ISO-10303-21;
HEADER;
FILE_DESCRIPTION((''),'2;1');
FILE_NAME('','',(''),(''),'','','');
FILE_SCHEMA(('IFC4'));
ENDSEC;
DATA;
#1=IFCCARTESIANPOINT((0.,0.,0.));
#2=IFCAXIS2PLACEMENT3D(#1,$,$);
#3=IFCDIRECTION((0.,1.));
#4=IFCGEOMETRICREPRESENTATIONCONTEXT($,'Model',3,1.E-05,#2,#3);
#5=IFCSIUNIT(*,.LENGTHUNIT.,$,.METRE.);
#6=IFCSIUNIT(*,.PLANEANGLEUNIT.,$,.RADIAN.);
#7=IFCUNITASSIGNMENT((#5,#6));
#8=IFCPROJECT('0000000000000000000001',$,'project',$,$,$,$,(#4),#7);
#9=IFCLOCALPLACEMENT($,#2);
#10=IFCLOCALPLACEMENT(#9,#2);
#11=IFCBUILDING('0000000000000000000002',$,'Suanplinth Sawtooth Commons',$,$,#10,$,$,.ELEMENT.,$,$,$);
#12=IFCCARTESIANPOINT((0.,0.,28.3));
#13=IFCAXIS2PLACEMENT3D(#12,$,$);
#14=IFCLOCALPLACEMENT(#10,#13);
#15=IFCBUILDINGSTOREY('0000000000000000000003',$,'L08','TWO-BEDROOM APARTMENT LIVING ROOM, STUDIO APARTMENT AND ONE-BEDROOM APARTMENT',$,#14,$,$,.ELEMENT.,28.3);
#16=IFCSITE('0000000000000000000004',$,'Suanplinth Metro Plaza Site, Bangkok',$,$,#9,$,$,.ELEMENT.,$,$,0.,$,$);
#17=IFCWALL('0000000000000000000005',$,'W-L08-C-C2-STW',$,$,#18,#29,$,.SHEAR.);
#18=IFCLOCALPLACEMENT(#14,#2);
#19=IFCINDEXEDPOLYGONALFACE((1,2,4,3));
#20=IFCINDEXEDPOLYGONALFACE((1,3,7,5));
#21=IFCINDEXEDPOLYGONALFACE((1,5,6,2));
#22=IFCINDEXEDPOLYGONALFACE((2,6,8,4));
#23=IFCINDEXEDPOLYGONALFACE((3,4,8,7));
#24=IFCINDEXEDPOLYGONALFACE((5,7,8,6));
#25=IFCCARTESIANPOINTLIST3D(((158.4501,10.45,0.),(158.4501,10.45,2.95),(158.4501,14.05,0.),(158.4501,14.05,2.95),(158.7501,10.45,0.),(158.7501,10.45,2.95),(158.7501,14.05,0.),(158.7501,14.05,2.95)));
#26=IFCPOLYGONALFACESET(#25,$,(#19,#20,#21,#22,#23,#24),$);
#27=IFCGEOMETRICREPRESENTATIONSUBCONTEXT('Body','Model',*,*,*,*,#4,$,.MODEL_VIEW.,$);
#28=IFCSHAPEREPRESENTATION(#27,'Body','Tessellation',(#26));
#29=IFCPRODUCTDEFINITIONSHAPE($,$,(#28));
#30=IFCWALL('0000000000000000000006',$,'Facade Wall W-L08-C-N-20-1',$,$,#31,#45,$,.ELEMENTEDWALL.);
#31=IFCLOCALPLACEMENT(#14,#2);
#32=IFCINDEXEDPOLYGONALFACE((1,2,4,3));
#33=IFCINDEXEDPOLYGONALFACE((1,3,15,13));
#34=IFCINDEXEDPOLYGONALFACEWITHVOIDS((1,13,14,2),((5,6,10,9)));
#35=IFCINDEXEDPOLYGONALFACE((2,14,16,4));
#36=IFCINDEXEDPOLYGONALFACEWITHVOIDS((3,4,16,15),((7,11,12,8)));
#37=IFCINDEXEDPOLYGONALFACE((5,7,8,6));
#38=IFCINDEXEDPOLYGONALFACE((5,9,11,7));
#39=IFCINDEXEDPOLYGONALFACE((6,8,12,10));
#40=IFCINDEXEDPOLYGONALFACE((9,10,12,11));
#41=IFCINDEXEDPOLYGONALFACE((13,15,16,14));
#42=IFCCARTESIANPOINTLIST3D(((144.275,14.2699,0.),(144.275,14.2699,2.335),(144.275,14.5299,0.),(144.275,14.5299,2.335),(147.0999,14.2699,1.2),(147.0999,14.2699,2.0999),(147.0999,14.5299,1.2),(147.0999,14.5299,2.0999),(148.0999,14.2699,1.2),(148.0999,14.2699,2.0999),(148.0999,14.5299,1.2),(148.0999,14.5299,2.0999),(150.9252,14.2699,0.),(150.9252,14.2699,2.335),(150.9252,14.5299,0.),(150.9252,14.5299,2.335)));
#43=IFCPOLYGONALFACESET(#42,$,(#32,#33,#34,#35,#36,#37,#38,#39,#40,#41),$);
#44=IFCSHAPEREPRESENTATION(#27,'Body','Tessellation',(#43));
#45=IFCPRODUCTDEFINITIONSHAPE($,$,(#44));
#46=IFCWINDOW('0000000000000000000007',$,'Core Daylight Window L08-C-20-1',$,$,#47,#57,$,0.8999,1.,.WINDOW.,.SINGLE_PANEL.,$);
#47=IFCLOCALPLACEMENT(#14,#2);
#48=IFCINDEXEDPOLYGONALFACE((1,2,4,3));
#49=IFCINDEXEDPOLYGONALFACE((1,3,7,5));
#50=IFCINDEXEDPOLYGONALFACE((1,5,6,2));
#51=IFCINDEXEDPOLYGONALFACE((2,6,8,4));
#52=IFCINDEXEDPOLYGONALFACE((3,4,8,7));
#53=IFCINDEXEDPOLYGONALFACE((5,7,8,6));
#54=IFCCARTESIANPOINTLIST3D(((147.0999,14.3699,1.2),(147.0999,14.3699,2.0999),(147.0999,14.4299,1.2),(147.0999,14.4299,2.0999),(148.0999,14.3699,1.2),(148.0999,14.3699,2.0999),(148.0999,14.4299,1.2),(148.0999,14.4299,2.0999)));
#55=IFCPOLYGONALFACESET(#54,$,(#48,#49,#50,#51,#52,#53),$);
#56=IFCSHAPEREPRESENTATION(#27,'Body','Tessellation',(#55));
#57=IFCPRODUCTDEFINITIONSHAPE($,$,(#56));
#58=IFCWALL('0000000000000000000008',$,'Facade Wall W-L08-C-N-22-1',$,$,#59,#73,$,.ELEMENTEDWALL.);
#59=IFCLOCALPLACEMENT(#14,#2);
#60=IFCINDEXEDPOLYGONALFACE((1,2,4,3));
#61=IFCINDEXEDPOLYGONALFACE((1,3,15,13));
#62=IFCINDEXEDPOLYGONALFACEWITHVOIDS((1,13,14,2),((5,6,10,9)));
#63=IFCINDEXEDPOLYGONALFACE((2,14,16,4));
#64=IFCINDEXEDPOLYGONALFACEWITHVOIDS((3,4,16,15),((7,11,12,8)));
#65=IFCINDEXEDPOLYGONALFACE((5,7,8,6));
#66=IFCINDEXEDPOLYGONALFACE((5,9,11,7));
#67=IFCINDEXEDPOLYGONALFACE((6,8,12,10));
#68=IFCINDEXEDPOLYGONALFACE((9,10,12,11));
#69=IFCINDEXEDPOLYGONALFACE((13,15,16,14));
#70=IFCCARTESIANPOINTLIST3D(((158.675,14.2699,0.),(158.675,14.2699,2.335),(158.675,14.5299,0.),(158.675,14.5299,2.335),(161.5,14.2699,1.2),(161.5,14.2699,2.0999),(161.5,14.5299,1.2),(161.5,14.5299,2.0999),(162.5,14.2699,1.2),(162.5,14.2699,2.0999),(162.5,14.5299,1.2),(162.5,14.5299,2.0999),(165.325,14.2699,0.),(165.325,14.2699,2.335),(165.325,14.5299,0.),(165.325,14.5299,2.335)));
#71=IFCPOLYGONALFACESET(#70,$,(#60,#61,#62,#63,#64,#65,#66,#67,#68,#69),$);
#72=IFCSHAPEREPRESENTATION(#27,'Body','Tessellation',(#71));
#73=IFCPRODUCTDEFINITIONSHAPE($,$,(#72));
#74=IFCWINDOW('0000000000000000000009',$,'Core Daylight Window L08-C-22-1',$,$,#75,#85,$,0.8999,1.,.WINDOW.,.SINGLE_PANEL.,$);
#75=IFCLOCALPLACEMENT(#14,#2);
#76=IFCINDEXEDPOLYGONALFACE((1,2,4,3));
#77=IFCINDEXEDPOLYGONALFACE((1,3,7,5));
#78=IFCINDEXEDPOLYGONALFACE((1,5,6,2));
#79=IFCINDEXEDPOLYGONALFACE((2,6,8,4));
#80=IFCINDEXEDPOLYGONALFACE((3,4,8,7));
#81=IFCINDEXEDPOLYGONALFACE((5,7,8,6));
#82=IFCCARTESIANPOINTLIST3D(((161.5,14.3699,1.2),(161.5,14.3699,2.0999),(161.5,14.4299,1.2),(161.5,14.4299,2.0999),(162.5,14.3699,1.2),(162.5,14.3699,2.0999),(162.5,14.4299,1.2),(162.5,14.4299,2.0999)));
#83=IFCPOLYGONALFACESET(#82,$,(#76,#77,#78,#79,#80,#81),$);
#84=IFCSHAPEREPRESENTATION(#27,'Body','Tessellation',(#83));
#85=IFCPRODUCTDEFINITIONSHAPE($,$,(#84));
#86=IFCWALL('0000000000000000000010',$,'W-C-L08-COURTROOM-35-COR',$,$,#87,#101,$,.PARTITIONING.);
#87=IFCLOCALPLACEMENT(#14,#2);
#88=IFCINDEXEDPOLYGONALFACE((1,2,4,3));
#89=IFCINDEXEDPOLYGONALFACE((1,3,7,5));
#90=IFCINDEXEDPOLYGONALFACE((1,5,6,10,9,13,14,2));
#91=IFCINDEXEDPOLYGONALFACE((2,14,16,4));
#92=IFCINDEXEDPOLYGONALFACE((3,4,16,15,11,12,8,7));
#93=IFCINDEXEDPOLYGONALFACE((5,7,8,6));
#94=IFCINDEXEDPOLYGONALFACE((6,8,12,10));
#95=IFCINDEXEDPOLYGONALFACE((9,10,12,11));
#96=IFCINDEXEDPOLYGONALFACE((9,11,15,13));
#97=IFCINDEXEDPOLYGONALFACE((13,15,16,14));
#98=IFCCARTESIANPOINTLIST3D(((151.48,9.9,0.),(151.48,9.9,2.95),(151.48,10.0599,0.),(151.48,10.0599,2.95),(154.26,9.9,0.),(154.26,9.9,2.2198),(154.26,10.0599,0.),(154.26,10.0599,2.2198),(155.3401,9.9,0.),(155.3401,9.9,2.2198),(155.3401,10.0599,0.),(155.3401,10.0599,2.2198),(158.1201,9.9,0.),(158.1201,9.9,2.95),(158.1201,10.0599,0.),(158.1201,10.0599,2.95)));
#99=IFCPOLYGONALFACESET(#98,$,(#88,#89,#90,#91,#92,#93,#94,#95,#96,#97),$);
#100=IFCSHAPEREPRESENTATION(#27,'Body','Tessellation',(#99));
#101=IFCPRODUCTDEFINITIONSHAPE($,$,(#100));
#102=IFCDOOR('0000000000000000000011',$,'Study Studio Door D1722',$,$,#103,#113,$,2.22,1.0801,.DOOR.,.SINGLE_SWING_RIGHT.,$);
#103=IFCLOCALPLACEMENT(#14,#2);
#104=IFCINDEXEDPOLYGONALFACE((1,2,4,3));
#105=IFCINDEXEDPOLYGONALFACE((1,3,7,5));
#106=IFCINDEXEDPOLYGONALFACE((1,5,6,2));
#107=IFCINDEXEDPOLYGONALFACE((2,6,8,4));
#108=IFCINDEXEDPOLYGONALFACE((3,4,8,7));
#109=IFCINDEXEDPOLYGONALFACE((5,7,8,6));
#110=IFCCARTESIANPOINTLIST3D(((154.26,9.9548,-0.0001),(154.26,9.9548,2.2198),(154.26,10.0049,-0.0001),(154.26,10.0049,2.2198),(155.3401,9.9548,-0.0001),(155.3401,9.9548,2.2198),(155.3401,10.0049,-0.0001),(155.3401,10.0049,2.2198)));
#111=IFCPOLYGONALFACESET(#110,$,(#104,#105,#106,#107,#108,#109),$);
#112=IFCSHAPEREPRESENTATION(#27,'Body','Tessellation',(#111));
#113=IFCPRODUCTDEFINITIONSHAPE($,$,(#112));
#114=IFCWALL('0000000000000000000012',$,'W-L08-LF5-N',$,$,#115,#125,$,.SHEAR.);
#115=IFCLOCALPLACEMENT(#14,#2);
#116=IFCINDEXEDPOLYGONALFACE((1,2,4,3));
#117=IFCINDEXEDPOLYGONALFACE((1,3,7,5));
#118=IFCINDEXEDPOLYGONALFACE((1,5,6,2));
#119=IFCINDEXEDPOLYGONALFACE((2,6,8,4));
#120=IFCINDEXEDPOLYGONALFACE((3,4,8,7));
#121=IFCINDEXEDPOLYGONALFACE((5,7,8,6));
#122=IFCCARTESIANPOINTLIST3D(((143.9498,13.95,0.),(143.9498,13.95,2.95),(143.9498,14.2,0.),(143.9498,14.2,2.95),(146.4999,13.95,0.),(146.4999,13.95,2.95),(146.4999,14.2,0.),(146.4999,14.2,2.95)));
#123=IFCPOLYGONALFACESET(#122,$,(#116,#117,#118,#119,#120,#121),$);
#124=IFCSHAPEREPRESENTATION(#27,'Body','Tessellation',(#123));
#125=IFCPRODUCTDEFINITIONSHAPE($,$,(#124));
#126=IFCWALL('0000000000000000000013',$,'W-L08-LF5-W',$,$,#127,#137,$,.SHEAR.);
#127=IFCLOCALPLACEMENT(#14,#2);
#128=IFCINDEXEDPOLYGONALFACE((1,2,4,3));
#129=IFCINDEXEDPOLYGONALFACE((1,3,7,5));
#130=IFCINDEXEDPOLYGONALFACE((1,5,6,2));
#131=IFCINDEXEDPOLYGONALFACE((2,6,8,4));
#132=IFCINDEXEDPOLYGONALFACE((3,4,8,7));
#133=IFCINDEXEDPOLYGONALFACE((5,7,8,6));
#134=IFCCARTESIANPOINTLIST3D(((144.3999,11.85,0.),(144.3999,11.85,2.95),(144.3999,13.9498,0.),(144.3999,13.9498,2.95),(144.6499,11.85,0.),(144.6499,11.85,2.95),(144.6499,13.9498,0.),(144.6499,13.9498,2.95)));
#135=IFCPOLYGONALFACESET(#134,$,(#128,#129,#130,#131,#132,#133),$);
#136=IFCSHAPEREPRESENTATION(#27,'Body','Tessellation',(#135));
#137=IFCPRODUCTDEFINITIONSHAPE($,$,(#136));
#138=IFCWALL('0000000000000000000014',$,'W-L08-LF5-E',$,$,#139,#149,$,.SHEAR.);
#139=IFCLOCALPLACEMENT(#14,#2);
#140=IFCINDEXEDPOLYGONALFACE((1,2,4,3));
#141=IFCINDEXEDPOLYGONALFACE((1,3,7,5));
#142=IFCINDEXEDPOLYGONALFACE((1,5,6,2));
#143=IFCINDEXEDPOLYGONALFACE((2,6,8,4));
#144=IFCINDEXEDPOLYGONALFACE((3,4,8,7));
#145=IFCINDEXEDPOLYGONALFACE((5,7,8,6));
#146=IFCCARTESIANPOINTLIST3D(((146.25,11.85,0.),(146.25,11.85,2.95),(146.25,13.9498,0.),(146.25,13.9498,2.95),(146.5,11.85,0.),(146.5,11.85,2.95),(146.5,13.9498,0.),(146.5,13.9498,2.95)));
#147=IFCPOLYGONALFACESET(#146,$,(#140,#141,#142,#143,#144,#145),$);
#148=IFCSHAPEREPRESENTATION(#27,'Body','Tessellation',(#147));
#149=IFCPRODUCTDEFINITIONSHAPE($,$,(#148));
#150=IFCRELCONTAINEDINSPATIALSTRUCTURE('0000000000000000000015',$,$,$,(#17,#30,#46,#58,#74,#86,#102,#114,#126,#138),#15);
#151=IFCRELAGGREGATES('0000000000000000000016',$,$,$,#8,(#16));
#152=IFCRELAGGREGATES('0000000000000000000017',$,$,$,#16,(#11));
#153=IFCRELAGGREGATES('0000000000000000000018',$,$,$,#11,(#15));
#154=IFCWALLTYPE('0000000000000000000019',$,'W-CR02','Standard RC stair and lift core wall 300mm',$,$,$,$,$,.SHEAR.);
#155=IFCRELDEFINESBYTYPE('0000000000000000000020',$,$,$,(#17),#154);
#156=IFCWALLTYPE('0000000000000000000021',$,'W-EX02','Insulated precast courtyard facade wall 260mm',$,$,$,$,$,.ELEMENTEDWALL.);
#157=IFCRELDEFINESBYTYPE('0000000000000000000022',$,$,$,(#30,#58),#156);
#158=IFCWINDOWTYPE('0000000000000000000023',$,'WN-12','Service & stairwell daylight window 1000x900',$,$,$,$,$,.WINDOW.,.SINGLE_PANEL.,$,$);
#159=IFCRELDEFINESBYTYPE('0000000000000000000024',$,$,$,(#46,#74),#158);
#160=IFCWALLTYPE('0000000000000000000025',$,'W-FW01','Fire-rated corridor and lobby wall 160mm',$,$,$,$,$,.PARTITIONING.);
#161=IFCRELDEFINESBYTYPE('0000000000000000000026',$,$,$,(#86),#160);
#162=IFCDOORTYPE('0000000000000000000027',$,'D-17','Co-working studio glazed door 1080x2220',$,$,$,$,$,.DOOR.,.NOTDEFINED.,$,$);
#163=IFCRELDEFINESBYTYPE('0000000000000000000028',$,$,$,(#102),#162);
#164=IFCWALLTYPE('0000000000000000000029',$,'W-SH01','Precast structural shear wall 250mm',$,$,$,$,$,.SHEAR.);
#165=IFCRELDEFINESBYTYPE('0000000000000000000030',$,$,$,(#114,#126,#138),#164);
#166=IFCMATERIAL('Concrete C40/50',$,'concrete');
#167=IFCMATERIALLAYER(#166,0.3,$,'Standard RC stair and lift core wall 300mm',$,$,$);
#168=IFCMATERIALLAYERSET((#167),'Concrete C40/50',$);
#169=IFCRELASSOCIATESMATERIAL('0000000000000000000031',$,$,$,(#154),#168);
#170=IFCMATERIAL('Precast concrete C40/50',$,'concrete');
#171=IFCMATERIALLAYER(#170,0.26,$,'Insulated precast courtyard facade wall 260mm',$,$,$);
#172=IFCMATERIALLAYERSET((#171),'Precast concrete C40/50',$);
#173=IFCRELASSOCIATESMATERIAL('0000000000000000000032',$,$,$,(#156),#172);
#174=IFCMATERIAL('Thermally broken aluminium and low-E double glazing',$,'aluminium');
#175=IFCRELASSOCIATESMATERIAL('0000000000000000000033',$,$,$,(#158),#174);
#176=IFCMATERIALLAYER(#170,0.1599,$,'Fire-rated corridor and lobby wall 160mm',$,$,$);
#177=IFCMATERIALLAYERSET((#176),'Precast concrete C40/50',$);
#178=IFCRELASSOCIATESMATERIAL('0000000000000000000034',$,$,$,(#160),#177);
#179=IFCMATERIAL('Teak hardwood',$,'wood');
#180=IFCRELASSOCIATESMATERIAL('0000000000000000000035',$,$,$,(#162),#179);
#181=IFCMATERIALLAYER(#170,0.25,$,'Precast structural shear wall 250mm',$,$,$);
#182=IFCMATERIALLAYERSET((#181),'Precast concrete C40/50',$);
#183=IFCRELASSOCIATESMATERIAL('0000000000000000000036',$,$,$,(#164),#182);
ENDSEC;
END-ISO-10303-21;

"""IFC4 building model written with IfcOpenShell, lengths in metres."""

from ifc_helpers import new_model, si_unit, direction, frame, frame_2d, origin, place, context, subcontext, project, spatial, rectangle, extrude, material, layer, layer_set, type_object, element, fill, save


model = new_model("IFC4")

# Units and contexts
model_context = context("Model", 3, precision=1e-05, world=origin(), true_north=direction((0.0, 1.0)))
body_context = subcontext(model_context, "Body", "Model", "MODEL_VIEW")
ifc_project = project(units=[si_unit("LENGTHUNIT", "METRE"), si_unit("PLANEANGLEUNIT", "RADIAN")], contexts=[model_context])

# Site, building, storey
site_placement = place(None, origin())
site = spatial("IfcSite", under=ifc_project, at=site_placement, Name="Suanplinth Metro Plaza Site, Bangkok", CompositionType="ELEMENT", RefElevation=0.0)
building_placement = place(site_placement, origin())
building = spatial("IfcBuilding", under=site, at=building_placement, Name="Suanplinth Sawtooth Commons", CompositionType="ELEMENT")
storey_placement = place(building_placement, frame((0.0, 0.0, 28.3)))
storey = spatial("IfcBuildingStorey", under=building, at=storey_placement, Name="L08", Description="TWO-BEDROOM APARTMENT LIVING ROOM, STUDIO APARTMENT AND ONE-BEDROOM APARTMENT", CompositionType="ELEMENT", Elevation=28.3)

# Shared definitions
ifc_material_1 = material(Name="Precast concrete C40/50", Category="concrete")

# Shared definitions
ifc_material_2 = material(Name="Concrete C40/50", Category="concrete")
ifc_layer_1 = layer(ifc_material_2, 0.3, Name="Standard RC stair and lift core wall 300mm")
ifc_layer_set_1 = layer_set([ifc_layer_1], Name="Concrete C40/50")
wall_type_1 = type_object("IfcWallType", Name="W-CR02", Description="Standard RC stair and lift core wall 300mm", PredefinedType="SHEAR", material=ifc_layer_set_1)

# Wall
wall_1_placement = place(storey_placement, frame((158.6001, 10.45, 0.0), z_axis=(0.0, 0.0, 1.0), x_axis=(0.0, 1.0, 0.0)))
element("IfcWall", 1, at=wall_1_placement, inside=storey, type_object=wall_type_1, Name="W-L08-C-C2-STW", PredefinedType="SHEAR", context=body_context, shape_type="SweptSolid", body=[
    extrude(rectangle(XDim=3.6001, YDim=0.3, at=frame_2d((1.8, 0.0))), origin(), (0.0, 0.0, 1.0), 2.95),
])

# Wall, opening, window
ifc_layer_2 = layer(ifc_material_1, 0.26, Name="Insulated precast courtyard facade wall 260mm")
ifc_layer_set_2 = layer_set([ifc_layer_2], Name="Precast concrete C40/50")
wall_type_2 = type_object("IfcWallType", Name="W-EX02", Description="Insulated precast courtyard facade wall 260mm", PredefinedType="ELEMENTEDWALL", material=ifc_layer_set_2)
wall_2_placement = place(storey_placement, frame((144.2749, 14.3999, 0.0), z_axis=(0.0, 0.0, 1.0), x_axis=(1.0, 0.0, 0.0)))
wall_2 = element("IfcWall", 2, at=wall_2_placement, inside=storey, type_object=wall_type_2, Name="Facade Wall W-L08-C-N-20-1", PredefinedType="ELEMENTEDWALL", context=body_context, shape_type="SweptSolid", body=[
    extrude(rectangle(XDim=6.6501, YDim=0.26, at=frame_2d((3.3252, 0.0))), origin(), (0.0, 0.0, 1.0), 2.335),
])
opening_1_placement = place(wall_2_placement, frame((2.825, 0.0, 1.2)))
opening_1 = element("IfcOpeningElement", 3, at=opening_1_placement, cuts=wall_2, PredefinedType="OPENING", context=body_context, shape_type="SweptSolid", body=[
    extrude(rectangle(XDim=1.0, YDim=0.8999, at=frame_2d((0.5, 0.45))), frame((0.0, 0.145, 0.0), z_axis=(0.0, -1.0, 0.0), x_axis=(1.0, 0.0, 0.0)), (0.0, 0.0, 1.0), 0.2898),
])
ifc_material_3 = material(Name="Thermally broken aluminium and low-E double glazing", Category="aluminium")
window_type_1 = type_object("IfcWindowType", Name="WN-12", Description="Service & stairwell daylight window 1000x900", PartitioningType="SINGLE_PANEL", PredefinedType="WINDOW", material=ifc_material_3)
window_1_placement = place(opening_1_placement, origin())
window_1 = element("IfcWindow", 4, at=window_1_placement, inside=storey, type_object=window_type_1, Name="Core Daylight Window L08-C-20-1", OverallHeight=0.8999, OverallWidth=1.0, PartitioningType="SINGLE_PANEL", PredefinedType="WINDOW", context=body_context, shape_type="SweptSolid", body=[
    extrude(rectangle(XDim=1.0, YDim=0.8999, at=frame_2d((0.5, 0.45))), frame((0.0, 0.03, 0.0), z_axis=(0.0, -1.0, 0.0), x_axis=(1.0, 0.0, 0.0)), (0.0, 0.0, 1.0), 0.0601),
])
fill(opening_1, window_1)

# Wall, opening, window
wall_3_placement = place(storey_placement, frame((158.675, 14.3999, 0.0), z_axis=(0.0, 0.0, 1.0), x_axis=(1.0, 0.0, 0.0)))
wall_3 = element("IfcWall", 5, at=wall_3_placement, inside=storey, type_object=wall_type_2, Name="Facade Wall W-L08-C-N-22-1", PredefinedType="ELEMENTEDWALL", context=body_context, shape_type="SweptSolid", body=[
    extrude(rectangle(XDim=6.6499, YDim=0.26, at=frame_2d((3.325, 0.0))), origin(), (0.0, 0.0, 1.0), 2.335),
])
opening_2_placement = place(wall_3_placement, frame((2.825, 0.0, 1.2)))
opening_2 = element("IfcOpeningElement", 6, at=opening_2_placement, cuts=wall_3, PredefinedType="OPENING", context=body_context, shape_type="SweptSolid", body=[
    extrude(rectangle(XDim=1.0, YDim=0.8999, at=frame_2d((0.5, 0.45))), frame((0.0, 0.145, 0.0), z_axis=(0.0, -1.0, 0.0), x_axis=(1.0, 0.0, 0.0)), (0.0, 0.0, 1.0), 0.2898),
])
window_2_placement = place(opening_2_placement, origin())
window_2 = element("IfcWindow", 7, at=window_2_placement, inside=storey, type_object=window_type_1, Name="Core Daylight Window L08-C-22-1", OverallHeight=0.8999, OverallWidth=1.0, PartitioningType="SINGLE_PANEL", PredefinedType="WINDOW", context=body_context, shape_type="SweptSolid", body=[
    extrude(rectangle(XDim=1.0, YDim=0.8999, at=frame_2d((0.5, 0.45))), frame((0.0, 0.03, 0.0), z_axis=(0.0, -1.0, 0.0), x_axis=(1.0, 0.0, 0.0)), (0.0, 0.0, 1.0), 0.0601),
])
fill(opening_2, window_2)

# Wall, opening, door
ifc_layer_3 = layer(ifc_material_1, 0.1599, Name="Fire-rated corridor and lobby wall 160mm")
ifc_layer_set_3 = layer_set([ifc_layer_3], Name="Precast concrete C40/50")
wall_type_3 = type_object("IfcWallType", Name="W-FW01", Description="Fire-rated corridor and lobby wall 160mm", PredefinedType="PARTITIONING", material=ifc_layer_set_3)
wall_4_placement = place(storey_placement, frame((151.48, 9.98, 0.0), z_axis=(0.0, 0.0, 1.0), x_axis=(1.0, 0.0, 0.0)))
wall_4 = element("IfcWall", 8, at=wall_4_placement, inside=storey, type_object=wall_type_3, Name="W-C-L08-COURTROOM-35-COR", PredefinedType="PARTITIONING", context=body_context, shape_type="SweptSolid", body=[
    extrude(rectangle(XDim=6.6401, YDim=0.1599, at=frame_2d((3.3201, 0.0))), origin(), (0.0, 0.0, 1.0), 2.95),
])
opening_3_placement = place(wall_4_placement, frame((2.78, 0.0, 0.0)))
opening_3 = element("IfcOpeningElement", 9, at=opening_3_placement, cuts=wall_4, PredefinedType="OPENING", context=body_context, shape_type="SweptSolid", body=[
    extrude(rectangle(XDim=1.0801, YDim=2.22, at=frame_2d((0.54, 1.1099))), frame((0.0, 0.0947, 0.0), z_axis=(0.0, -1.0, 0.0), x_axis=(1.0, 0.0, 0.0)), (0.0, 0.0, 1.0), 0.1897),
])
ifc_material_4 = material(Name="Teak hardwood", Category="wood")
door_type_1 = type_object("IfcDoorType", Name="D-17", Description="Co-working studio glazed door 1080x2220", OperationType="NOTDEFINED", PredefinedType="DOOR", material=ifc_material_4)
door_1_placement = place(opening_3_placement, origin())
door_1 = element("IfcDoor", 10, at=door_1_placement, inside=storey, type_object=door_type_1, Name="Study Studio Door D1722", OperationType="SINGLE_SWING_RIGHT", OverallHeight=2.22, OverallWidth=1.0801, PredefinedType="DOOR", context=body_context, shape_type="SweptSolid", body=[
    extrude(rectangle(XDim=1.0801, YDim=2.22, at=frame_2d((0.54, 1.1099))), frame((0.0, 0.0249, 0.0), z_axis=(0.0, -1.0, 0.0), x_axis=(1.0, 0.0, 0.0)), (0.0, 0.0, 1.0), 0.05),
])
fill(opening_3, door_1)

# Walls
ifc_layer_4 = layer(ifc_material_1, 0.25, Name="Precast structural shear wall 250mm")
ifc_layer_set_4 = layer_set([ifc_layer_4], Name="Precast concrete C40/50")
wall_type_4 = type_object("IfcWallType", Name="W-SH01", Description="Precast structural shear wall 250mm", PredefinedType="SHEAR", material=ifc_layer_set_4)
wall_5_placement = place(storey_placement, frame((143.95, 14.075, 0.0), z_axis=(0.0, 0.0, 1.0), x_axis=(1.0, 0.0, 0.0)))
element("IfcWall", 11, at=wall_5_placement, inside=storey, type_object=wall_type_4, Name="W-L08-LF5-N", PredefinedType="SHEAR", context=body_context, shape_type="SweptSolid", body=[
    extrude(rectangle(XDim=2.55, YDim=0.25, at=frame_2d((1.2749, 0.0))), origin(), (0.0, 0.0, 1.0), 2.95),
])
for number, where, z_axis, x_axis, name in (
    (12, (144.5249, 11.8501, 0.0), (0.0, 0.0, 1.0), (0.0, 1.0, 0.0), "W-L08-LF5-W"),
    (13, (146.375, 11.8501, 0.0), (0.0, 0.0, 1.0), (0.0, 1.0, 0.0), "W-L08-LF5-E"),
):
    element("IfcWall", number, at=place(storey_placement, frame(where, z_axis=z_axis, x_axis=x_axis)), inside=storey, type_object=wall_type_4, Name=name, PredefinedType="SHEAR", context=body_context, shape_type="SweptSolid", body=[
        extrude(rectangle(XDim=2.0999, YDim=0.25, at=frame_2d((1.0498, 0.0))), origin(), (0.0, 0.0, 1.0), 2.95),
    ])

save(model, "model.ifc")
